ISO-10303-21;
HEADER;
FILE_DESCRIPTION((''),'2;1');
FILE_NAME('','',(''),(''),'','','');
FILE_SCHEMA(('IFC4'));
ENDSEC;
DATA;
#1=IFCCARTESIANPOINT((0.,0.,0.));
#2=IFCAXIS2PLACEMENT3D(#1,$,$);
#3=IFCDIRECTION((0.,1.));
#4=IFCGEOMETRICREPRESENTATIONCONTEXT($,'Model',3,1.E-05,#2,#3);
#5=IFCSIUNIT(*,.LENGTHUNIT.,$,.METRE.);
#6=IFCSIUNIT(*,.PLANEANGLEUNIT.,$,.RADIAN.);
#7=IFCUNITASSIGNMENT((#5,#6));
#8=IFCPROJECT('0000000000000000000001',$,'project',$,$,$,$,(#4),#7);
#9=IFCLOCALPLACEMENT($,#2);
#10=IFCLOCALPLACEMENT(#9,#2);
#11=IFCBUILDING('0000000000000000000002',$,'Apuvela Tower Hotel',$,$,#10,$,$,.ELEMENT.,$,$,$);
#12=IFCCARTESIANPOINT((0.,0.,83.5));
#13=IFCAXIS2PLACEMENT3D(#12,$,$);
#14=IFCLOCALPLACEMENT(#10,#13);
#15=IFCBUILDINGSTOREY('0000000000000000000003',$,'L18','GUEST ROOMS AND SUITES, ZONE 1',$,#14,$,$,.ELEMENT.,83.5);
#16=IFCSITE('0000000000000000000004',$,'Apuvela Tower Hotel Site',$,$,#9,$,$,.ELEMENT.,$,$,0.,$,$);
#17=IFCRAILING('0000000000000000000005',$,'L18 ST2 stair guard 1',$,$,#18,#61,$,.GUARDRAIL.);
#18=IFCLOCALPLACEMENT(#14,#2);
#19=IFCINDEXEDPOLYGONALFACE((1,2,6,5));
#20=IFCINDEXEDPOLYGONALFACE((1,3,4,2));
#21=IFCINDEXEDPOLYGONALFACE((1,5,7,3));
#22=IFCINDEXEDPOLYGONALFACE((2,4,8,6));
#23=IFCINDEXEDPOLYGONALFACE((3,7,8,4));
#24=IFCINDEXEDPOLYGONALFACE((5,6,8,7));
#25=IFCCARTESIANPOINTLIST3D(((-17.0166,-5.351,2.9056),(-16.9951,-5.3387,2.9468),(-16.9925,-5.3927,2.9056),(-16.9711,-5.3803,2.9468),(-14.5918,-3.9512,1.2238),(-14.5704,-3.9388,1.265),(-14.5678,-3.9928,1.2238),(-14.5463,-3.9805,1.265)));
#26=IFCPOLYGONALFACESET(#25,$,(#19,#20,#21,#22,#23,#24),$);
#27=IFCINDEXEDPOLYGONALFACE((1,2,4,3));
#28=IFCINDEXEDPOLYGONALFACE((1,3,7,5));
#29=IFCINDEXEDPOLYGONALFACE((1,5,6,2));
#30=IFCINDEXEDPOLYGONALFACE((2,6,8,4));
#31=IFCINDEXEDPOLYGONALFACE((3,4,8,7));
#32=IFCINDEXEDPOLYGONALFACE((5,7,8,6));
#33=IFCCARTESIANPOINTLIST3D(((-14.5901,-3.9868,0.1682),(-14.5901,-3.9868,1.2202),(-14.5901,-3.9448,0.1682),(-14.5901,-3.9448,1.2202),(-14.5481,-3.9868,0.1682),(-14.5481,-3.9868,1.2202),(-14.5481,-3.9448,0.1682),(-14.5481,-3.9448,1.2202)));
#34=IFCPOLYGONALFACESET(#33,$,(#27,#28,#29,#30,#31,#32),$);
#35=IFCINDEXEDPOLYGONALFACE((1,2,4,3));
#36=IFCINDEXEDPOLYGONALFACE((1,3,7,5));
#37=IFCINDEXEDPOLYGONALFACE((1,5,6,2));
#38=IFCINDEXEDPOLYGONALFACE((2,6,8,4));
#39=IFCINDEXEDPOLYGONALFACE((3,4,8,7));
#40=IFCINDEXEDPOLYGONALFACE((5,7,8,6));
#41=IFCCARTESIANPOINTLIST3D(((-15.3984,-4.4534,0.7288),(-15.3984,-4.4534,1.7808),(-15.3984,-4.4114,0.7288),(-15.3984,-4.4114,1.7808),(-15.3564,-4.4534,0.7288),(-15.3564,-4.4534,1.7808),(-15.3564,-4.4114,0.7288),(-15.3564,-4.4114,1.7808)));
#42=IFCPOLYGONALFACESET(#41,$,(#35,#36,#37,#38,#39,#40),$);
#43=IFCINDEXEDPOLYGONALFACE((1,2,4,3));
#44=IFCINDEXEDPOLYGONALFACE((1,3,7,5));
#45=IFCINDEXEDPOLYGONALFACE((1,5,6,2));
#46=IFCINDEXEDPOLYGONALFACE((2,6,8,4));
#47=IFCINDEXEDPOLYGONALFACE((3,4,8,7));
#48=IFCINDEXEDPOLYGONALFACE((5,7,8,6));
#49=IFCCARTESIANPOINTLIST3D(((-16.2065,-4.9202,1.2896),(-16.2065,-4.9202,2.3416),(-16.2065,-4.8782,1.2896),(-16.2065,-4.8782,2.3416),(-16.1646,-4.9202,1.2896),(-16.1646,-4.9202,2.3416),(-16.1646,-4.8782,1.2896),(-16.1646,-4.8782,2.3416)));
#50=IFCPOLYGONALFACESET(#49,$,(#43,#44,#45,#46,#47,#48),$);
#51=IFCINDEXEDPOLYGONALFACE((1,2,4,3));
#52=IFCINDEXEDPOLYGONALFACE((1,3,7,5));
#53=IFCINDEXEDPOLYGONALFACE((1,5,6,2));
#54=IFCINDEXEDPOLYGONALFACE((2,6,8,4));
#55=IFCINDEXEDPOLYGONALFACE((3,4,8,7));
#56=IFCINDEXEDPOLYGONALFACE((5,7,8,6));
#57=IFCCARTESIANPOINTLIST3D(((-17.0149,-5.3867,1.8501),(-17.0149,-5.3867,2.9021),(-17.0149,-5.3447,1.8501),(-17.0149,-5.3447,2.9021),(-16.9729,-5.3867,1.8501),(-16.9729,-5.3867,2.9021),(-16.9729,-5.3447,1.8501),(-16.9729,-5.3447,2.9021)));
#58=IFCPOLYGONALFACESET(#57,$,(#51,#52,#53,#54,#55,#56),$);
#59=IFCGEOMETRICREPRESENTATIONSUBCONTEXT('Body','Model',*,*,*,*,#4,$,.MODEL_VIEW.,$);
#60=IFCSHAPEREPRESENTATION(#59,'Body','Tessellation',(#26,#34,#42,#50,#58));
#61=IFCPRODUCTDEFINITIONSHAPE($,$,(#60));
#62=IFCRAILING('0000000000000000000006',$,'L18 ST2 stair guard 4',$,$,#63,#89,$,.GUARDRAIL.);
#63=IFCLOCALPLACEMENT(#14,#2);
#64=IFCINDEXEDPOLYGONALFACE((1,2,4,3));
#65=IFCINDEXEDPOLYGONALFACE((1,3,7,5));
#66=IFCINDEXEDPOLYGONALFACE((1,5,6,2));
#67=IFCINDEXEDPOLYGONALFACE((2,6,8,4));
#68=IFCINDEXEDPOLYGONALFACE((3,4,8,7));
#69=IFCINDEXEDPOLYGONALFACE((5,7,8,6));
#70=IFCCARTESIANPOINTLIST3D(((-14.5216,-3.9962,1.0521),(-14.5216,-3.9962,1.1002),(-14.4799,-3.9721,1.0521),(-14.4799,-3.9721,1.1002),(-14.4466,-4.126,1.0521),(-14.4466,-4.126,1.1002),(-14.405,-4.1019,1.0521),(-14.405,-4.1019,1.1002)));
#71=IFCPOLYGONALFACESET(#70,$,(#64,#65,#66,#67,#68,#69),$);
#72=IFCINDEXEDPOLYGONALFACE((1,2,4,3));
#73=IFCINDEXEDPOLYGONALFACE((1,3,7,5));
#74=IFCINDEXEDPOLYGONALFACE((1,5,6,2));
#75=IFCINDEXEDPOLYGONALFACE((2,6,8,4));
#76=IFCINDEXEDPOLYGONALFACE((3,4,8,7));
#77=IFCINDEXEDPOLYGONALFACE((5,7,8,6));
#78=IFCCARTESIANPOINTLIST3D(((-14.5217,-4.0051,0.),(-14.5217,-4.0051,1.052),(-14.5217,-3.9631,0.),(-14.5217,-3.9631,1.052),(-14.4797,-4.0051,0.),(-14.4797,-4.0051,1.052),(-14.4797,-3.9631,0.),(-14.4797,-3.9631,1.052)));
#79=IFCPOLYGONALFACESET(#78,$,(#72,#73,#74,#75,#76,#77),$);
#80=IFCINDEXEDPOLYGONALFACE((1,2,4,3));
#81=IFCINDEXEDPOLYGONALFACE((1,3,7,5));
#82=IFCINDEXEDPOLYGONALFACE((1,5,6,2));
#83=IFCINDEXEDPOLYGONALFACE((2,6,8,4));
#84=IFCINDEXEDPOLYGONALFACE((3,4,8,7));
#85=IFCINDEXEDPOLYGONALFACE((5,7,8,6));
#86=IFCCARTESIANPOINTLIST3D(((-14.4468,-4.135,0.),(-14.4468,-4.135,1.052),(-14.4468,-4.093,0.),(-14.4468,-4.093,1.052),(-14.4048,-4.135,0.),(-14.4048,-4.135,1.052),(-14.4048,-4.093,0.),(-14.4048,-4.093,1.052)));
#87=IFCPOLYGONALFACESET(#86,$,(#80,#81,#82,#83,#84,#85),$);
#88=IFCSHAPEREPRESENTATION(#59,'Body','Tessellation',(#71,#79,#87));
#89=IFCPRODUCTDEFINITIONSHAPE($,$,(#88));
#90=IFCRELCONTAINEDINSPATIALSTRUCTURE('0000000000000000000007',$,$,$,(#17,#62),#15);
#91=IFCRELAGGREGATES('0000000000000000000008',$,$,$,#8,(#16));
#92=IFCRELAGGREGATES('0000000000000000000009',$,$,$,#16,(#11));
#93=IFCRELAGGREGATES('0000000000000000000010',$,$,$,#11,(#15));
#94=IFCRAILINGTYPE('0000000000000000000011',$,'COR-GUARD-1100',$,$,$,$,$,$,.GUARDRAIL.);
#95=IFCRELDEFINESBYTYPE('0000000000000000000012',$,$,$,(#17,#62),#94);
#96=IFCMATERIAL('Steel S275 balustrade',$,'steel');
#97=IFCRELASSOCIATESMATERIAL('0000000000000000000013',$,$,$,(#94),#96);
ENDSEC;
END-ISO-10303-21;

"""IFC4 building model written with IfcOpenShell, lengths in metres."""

from ifc_helpers import new_model, si_unit, direction, frame, origin, origin_2d, place, context, subcontext, project, spatial, rectangle, extrude, material, type_object, element, save


model = new_model("IFC4")

# Units and contexts
model_context = context("Model", 3, precision=1e-05, world=origin(), true_north=direction((0.0, 1.0)))
body_context = subcontext(model_context, "Body", "Model", "MODEL_VIEW")
ifc_project = project(units=[si_unit("LENGTHUNIT", "METRE"), si_unit("PLANEANGLEUNIT", "RADIAN")], contexts=[model_context])

# Site, building, storey
site_placement = place(None, origin())
site = spatial("IfcSite", under=ifc_project, at=site_placement, Name="Apuvela Tower Hotel Site", CompositionType="ELEMENT", RefElevation=0.0)
building_placement = place(site_placement, origin())
building = spatial("IfcBuilding", under=site, at=building_placement, Name="Apuvela Tower Hotel", CompositionType="ELEMENT")
storey_placement = place(building_placement, frame((0.0, 0.0, 83.5)))
storey = spatial("IfcBuildingStorey", under=building, at=storey_placement, Name="L18", Description="GUEST ROOMS AND SUITES, ZONE 1", CompositionType="ELEMENT", Elevation=83.5)

# Railings
ifc_material_1 = material(Name="Steel S275 balustrade", Category="steel")
railing_type = type_object("IfcRailingType", Name="COR-GUARD-1100", PredefinedType="GUARDRAIL", material=ifc_material_1)
railing_1_placement = place(storey_placement, frame((-14.5691, -3.9658, 0.1682)))
element("IfcRailing", 1, at=railing_1_placement, inside=storey, type_object=railing_type, Name="L18 ST2 stair guard 1", PredefinedType="GUARDRAIL", context=body_context, shape_type="SweptSolid", body=[
    extrude(rectangle(XDim=0.0481, YDim=0.0481, at=origin_2d()), frame((0.0, 0.0, 1.0762), z_axis=(-0.74239, -0.428601, 0.514934), x_axis=(0.499984, -0.866035, 0.0)), (0.0, 0.0, 1.0), 3.2661),
    extrude(rectangle(XDim=0.042, YDim=0.042, at=origin_2d()), origin(), (0.0, 0.0, 1.0), 1.052),
    extrude(rectangle(XDim=0.042, YDim=0.042, at=origin_2d()), frame((-0.8083, -0.4666, 0.5605)), (0.0, 0.0, 1.0), 1.052),
    extrude(rectangle(XDim=0.042, YDim=0.042, at=origin_2d()), frame((-1.6165, -0.9333, 1.1213)), (0.0, 0.0, 1.0), 1.052),
    extrude(rectangle(XDim=0.042, YDim=0.042, at=origin_2d()), frame((-2.4248, -1.3999, 1.6819)), (0.0, 0.0, 1.0), 1.052),
])
railing_2_placement = place(storey_placement, frame((-14.5007, -3.9841, 0.0)))
element("IfcRailing", 2, at=railing_2_placement, inside=storey, type_object=railing_type, Name="L18 ST2 stair guard 4", PredefinedType="GUARDRAIL", context=body_context, shape_type="SweptSolid", body=[
    extrude(rectangle(XDim=0.0481, YDim=0.0481, at=origin_2d()), frame((0.0, 0.0, 1.0762), z_axis=(0.499816, -0.866131, 0.0), x_axis=(0.866131, 0.499816, 0.0)), (0.0, 0.0, 1.0), 0.1499),
    extrude(rectangle(XDim=0.042, YDim=0.042, at=origin_2d()), origin(), (0.0, 0.0, 1.0), 1.052),
    extrude(rectangle(XDim=0.042, YDim=0.042, at=origin_2d()), frame((0.075, -0.1299, 0.0)), (0.0, 0.0, 1.0), 1.052),
])

save(model, "model.ifc")
